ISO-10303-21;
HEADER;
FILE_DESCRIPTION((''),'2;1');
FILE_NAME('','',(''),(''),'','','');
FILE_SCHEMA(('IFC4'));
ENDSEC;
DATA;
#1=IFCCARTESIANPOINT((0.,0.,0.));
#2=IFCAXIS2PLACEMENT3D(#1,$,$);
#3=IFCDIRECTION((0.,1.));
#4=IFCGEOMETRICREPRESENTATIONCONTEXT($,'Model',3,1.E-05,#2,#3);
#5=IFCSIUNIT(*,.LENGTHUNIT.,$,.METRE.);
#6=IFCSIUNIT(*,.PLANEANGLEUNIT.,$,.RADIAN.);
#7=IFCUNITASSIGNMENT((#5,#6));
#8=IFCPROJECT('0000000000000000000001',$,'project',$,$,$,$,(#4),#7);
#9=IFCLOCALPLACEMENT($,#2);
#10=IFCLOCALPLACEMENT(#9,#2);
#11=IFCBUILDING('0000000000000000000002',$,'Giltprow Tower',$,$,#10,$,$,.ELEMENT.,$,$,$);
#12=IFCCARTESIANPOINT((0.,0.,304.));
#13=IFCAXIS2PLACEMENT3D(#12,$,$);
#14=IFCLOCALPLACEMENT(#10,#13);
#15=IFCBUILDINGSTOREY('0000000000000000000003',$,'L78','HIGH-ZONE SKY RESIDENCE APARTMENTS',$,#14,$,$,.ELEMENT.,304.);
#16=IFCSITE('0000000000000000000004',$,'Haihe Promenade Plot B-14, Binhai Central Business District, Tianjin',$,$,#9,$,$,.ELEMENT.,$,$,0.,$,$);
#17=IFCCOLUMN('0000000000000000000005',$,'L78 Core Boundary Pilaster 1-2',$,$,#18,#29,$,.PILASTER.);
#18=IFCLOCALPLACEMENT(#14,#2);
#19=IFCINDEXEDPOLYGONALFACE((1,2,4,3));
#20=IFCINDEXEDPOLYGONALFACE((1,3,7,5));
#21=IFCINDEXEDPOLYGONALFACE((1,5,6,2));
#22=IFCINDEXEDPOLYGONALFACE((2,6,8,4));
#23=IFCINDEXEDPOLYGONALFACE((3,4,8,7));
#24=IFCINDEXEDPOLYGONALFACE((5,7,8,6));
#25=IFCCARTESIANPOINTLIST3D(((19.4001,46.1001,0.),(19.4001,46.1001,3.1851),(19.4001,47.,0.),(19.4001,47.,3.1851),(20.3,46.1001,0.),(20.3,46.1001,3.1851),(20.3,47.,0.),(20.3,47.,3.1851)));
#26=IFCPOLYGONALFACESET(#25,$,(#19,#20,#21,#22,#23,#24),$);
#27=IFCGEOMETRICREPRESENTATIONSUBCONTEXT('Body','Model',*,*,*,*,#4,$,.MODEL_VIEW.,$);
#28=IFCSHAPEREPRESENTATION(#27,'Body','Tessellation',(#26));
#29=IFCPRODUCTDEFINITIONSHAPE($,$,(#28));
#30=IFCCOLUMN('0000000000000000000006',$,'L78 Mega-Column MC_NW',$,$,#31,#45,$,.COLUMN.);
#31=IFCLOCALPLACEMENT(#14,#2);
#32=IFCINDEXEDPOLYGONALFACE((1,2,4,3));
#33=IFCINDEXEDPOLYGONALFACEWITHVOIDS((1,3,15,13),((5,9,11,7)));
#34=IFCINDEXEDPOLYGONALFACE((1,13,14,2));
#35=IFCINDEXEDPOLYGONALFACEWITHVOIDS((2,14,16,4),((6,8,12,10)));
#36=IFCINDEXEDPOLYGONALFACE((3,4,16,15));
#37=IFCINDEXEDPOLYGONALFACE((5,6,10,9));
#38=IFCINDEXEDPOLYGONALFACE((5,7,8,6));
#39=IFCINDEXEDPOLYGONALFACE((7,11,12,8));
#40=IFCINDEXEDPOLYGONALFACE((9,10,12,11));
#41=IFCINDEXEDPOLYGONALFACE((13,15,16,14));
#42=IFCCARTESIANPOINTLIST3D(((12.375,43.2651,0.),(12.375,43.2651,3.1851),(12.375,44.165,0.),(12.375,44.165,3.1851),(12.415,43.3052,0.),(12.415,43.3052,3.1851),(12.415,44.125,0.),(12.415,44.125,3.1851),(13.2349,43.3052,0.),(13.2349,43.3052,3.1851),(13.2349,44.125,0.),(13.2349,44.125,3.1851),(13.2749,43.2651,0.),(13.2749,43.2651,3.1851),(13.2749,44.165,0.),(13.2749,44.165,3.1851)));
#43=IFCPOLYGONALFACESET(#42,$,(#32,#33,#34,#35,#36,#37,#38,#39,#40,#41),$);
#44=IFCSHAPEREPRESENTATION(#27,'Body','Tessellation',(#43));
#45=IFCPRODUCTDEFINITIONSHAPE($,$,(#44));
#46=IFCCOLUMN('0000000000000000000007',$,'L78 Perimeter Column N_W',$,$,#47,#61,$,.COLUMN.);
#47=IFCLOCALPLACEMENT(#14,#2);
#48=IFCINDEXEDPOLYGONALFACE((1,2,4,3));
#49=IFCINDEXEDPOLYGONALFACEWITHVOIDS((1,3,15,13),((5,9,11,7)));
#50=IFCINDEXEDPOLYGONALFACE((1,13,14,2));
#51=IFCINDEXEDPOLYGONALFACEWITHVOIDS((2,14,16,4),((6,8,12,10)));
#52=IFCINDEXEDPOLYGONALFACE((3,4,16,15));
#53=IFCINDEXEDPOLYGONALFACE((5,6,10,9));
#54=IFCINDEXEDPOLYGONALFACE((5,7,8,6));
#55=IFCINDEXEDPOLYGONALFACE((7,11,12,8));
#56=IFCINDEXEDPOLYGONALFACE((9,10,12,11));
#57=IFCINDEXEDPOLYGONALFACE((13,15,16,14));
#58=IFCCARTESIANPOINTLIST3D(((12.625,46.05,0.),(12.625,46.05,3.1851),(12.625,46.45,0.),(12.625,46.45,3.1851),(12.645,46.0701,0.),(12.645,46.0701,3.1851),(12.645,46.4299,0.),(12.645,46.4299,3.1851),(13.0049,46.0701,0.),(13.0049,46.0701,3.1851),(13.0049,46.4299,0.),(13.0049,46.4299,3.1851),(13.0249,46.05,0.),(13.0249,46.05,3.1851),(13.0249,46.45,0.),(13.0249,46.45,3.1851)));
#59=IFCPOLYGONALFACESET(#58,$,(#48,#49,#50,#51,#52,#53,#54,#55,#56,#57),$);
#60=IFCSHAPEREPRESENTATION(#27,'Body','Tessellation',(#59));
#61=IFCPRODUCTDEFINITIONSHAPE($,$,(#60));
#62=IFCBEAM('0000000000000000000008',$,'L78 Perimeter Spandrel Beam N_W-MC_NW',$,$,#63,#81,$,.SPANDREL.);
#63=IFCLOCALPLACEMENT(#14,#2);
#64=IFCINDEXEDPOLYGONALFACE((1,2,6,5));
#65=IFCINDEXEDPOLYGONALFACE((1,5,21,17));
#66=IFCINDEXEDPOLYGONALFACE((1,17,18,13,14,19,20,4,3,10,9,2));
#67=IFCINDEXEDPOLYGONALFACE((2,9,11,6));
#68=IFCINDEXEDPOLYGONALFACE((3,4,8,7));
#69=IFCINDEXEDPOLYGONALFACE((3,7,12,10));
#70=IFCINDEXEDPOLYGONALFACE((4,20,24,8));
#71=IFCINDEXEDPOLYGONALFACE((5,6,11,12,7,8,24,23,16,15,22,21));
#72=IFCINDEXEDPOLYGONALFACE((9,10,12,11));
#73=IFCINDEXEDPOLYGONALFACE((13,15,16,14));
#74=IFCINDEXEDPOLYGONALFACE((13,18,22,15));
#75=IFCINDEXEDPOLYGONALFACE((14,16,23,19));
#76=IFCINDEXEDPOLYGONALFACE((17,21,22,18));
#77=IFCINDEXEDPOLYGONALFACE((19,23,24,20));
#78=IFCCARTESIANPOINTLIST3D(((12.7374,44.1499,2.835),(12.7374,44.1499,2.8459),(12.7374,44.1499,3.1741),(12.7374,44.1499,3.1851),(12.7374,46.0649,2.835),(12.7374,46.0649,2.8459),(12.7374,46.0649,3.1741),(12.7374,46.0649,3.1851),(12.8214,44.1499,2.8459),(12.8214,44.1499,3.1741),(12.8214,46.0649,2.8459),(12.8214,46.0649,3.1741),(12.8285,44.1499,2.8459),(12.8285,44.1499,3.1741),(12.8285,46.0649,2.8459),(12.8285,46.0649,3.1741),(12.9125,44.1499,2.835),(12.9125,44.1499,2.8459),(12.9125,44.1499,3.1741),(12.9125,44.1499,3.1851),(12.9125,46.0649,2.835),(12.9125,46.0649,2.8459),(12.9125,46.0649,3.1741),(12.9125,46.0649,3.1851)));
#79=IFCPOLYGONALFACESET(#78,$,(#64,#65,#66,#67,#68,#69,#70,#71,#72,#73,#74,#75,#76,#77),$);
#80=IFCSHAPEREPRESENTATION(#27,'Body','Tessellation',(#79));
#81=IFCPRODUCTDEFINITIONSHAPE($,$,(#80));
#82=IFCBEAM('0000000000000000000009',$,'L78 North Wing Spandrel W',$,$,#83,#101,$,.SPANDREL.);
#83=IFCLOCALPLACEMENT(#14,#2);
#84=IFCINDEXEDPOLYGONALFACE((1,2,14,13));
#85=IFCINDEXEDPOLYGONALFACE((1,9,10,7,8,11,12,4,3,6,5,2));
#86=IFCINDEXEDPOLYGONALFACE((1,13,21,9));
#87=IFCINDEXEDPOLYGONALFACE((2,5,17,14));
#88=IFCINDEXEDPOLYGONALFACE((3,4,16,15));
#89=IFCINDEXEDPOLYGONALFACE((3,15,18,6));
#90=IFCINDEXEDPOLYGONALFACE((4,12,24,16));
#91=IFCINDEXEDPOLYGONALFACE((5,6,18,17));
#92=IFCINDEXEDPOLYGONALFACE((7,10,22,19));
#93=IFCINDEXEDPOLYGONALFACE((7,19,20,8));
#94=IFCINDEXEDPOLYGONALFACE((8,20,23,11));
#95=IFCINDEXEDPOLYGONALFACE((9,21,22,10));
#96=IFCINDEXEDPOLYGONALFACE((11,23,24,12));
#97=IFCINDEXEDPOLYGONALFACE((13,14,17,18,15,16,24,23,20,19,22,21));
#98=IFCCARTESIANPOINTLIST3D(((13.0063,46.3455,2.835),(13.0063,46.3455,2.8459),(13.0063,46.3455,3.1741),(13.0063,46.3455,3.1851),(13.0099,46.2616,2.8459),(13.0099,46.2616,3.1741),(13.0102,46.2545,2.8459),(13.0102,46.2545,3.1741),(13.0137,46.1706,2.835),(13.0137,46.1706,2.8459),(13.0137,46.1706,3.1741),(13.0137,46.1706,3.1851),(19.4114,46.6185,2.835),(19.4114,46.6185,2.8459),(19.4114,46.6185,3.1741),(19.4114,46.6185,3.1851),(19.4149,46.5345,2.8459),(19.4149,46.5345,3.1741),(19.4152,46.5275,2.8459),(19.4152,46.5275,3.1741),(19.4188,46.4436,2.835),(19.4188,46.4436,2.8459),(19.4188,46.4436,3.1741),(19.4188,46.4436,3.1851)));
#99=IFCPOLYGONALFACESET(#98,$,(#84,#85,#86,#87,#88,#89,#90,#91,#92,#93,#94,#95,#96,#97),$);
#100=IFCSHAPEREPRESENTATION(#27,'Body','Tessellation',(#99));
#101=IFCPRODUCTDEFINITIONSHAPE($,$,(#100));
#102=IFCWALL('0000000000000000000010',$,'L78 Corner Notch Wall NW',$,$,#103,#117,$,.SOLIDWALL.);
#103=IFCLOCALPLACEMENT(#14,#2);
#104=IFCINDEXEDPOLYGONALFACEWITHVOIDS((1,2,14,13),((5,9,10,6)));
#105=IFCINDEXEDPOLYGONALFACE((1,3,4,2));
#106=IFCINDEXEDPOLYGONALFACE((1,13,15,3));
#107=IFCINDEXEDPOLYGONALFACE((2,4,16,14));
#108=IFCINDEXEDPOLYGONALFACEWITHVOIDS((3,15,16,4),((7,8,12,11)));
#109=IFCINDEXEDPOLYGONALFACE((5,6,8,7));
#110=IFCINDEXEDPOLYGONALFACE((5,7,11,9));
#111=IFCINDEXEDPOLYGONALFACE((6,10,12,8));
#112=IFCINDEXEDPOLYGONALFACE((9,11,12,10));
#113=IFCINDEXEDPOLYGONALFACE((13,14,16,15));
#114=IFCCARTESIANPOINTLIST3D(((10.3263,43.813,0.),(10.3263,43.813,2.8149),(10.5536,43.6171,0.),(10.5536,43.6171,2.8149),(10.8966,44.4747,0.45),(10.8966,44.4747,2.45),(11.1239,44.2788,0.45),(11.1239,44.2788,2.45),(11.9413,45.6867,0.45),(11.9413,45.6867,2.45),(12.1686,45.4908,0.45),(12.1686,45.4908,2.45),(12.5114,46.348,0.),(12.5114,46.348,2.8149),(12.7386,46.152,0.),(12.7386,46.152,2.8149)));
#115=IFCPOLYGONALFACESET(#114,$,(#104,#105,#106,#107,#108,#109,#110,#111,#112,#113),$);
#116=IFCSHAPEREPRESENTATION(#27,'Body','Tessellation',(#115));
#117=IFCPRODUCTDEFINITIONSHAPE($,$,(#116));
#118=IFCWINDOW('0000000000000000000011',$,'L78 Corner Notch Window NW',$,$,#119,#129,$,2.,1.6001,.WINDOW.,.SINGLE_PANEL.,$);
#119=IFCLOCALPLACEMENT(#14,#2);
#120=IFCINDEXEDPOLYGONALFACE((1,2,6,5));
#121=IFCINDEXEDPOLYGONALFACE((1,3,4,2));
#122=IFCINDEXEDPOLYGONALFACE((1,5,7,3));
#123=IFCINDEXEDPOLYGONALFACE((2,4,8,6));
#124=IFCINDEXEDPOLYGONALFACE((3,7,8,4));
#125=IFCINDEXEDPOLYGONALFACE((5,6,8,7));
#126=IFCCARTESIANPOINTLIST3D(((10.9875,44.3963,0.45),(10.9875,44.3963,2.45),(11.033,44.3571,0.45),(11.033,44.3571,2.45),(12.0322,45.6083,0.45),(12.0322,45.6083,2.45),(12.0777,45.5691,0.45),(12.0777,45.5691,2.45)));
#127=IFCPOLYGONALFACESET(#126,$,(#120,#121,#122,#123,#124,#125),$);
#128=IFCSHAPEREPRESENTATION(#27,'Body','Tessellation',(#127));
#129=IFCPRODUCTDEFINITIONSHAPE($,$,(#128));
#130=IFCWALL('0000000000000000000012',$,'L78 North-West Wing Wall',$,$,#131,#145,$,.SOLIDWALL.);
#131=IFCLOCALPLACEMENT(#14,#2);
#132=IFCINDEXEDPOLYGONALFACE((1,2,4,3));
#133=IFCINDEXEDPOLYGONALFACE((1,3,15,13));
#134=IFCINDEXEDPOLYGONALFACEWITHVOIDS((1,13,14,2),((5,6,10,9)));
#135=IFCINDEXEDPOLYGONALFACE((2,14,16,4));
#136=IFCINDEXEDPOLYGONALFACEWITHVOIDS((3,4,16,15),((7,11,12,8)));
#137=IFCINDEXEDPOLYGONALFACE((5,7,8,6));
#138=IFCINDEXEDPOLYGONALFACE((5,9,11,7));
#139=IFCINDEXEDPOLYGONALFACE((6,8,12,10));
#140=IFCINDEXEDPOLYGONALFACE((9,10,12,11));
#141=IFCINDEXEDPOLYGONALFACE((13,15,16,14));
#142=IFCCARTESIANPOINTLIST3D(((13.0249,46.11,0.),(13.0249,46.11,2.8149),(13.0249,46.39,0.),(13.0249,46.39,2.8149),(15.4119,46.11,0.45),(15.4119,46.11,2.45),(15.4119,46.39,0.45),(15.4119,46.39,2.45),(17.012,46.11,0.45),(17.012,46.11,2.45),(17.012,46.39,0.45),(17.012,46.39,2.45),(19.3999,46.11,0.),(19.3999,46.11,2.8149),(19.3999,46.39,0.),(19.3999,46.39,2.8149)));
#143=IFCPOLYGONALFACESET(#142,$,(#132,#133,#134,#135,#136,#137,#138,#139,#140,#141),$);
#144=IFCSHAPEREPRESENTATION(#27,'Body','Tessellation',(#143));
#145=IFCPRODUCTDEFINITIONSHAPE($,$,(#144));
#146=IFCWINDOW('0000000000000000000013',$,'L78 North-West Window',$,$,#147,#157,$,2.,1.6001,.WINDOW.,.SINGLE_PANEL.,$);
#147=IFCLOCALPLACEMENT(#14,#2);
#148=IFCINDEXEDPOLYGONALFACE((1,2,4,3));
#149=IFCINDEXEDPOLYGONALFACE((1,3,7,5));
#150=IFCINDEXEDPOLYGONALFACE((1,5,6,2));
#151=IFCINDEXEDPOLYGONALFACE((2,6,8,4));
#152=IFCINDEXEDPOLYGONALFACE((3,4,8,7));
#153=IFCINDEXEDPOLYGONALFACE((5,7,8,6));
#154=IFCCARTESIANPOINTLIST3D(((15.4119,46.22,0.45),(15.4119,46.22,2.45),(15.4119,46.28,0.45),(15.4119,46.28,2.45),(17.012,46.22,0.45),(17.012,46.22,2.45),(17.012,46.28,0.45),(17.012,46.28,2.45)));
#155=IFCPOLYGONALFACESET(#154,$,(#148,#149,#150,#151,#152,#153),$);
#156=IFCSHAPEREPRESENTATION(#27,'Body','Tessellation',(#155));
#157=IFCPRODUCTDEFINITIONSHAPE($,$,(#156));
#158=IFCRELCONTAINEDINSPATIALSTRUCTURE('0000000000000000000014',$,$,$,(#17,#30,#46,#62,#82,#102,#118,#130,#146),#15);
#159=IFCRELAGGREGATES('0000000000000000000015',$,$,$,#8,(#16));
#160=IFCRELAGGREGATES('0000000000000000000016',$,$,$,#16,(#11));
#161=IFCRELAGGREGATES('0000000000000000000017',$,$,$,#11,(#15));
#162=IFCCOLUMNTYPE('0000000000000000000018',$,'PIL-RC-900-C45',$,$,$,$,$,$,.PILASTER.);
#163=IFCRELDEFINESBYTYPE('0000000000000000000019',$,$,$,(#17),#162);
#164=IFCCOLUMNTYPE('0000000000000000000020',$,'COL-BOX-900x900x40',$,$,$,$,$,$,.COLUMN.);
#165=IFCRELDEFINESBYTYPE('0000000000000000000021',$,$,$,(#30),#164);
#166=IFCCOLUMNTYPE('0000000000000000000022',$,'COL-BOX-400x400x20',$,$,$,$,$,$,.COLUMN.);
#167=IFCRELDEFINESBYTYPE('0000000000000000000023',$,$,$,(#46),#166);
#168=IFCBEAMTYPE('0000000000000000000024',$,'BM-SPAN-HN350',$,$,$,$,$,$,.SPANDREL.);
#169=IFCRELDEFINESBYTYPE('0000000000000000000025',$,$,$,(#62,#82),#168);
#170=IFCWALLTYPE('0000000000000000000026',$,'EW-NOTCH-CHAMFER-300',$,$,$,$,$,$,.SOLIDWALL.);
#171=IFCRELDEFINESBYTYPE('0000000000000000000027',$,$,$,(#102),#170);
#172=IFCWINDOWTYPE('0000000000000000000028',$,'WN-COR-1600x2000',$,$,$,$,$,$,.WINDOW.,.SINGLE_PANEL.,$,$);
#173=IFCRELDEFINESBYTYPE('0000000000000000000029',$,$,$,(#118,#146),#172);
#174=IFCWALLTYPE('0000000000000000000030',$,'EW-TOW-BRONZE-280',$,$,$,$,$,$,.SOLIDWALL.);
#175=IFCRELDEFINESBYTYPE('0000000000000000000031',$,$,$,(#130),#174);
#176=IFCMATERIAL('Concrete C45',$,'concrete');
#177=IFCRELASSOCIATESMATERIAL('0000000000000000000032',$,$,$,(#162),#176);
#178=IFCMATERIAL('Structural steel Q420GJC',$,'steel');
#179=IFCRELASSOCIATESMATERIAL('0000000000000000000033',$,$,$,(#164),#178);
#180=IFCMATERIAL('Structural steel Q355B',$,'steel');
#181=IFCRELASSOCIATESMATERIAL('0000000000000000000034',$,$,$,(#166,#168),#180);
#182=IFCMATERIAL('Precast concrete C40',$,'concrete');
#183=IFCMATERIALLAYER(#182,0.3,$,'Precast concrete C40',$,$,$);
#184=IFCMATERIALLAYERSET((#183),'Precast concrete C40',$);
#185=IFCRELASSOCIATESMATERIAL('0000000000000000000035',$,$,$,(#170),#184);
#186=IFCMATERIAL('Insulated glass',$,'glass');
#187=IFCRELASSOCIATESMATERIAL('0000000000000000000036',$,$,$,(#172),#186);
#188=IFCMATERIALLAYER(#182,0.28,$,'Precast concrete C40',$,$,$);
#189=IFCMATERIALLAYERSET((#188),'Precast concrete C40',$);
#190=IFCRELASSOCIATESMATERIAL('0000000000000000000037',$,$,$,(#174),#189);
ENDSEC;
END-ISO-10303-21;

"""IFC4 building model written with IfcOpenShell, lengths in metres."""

from ifc_helpers import new_model, si_unit, direction, frame, frame_2d, origin, origin_2d, place, context, subcontext, project, spatial, rectangle, hollow_rectangle, i_section, extrude, source, transform, mapped, material, layer, layer_set, material_profile, profile_set, type_object, element, fill, save


model = new_model("IFC4")

# Units and contexts
model_context = context("Model", 3, precision=1e-05, world=origin(), true_north=direction((0.0, 1.0)))
body_context = subcontext(model_context, "Body", "Model", "MODEL_VIEW")
ifc_project = project(units=[si_unit("LENGTHUNIT", "METRE"), si_unit("PLANEANGLEUNIT", "RADIAN")], contexts=[model_context])

# Site, building, storey
site_placement = place(None, origin())
site = spatial("IfcSite", under=ifc_project, at=site_placement, Name="Haihe Promenade Plot B-14, Binhai Central Business District, Tianjin", CompositionType="ELEMENT", RefElevation=0.0)
building_placement = place(site_placement, origin())
building = spatial("IfcBuilding", under=site, at=building_placement, Name="Giltprow Tower", CompositionType="ELEMENT")
storey_placement = place(building_placement, frame((0.0, 0.0, 304.0)))
storey = spatial("IfcBuildingStorey", under=building, at=storey_placement, Name="L78", Description="HIGH-ZONE SKY RESIDENCE APARTMENTS", CompositionType="ELEMENT", Elevation=304.0)

# Columns
ifc_material_1 = material(Name="Concrete C45", Category="concrete")
ifc_material_profile_1 = material_profile(ifc_material_1, rectangle(XDim=0.8999, YDim=0.8999, at=origin_2d()), Name="RC 900x900")
ifc_profile_set_1 = profile_set([ifc_material_profile_1], Name="Concrete C45")
column_type_1 = type_object("IfcColumnType", Name="PIL-RC-900-C45", PredefinedType="PILASTER", material=ifc_profile_set_1)
shared_shape_1 = source(origin(), body_context, "Body", "SweptSolid", [
    extrude(rectangle(XDim=0.8999, YDim=0.8999, at=origin_2d()), origin(), (0.0, 0.0, 1.0), 3.1851),
])
column_1_placement = place(storey_placement, frame((19.8501, 46.55, 0.0), z_axis=(0.0, 0.0, 1.0), x_axis=(1.0, 0.0, 0.0)))
element("IfcColumn", 1, at=column_1_placement, inside=storey, type_object=column_type_1, Name="L78 Core Boundary Pilaster 1-2", PredefinedType="PILASTER", context=body_context, shape_type="MappedRepresentation", body=[
    mapped(shared_shape_1, transform((0.0, 0.0, 0.0), x_axis=(1.0, 0.0, 0.0), y_axis=(0.0, 1.0, 0.0), z_axis=(0.0, 0.0, 1.0), scale=1.0)),
])
ifc_material_2 = material(Name="Structural steel Q420GJC", Category="steel")
ifc_material_profile_2 = material_profile(ifc_material_2, hollow_rectangle(XDim=0.8999, YDim=0.8999, WallThickness=0.04, at=origin_2d()), Name="BOX 900x900x40")
ifc_profile_set_2 = profile_set([ifc_material_profile_2], Name="Structural steel Q420GJC")
column_type_2 = type_object("IfcColumnType", Name="COL-BOX-900x900x40", PredefinedType="COLUMN", material=ifc_profile_set_2)
shared_shape_2 = source(origin(), body_context, "Body", "SweptSolid", [
    extrude(hollow_rectangle(XDim=0.8999, YDim=0.8999, WallThickness=0.04, at=origin_2d()), origin(), (0.0, 0.0, 1.0), 3.1851),
])
column_2_placement = place(storey_placement, frame((12.825, 43.7151, 0.0), z_axis=(0.0, 0.0, 1.0), x_axis=(1.0, 0.0, 0.0)))
element("IfcColumn", 2, at=column_2_placement, inside=storey, type_object=column_type_2, Name="L78 Mega-Column MC_NW", PredefinedType="COLUMN", context=body_context, shape_type="MappedRepresentation", body=[
    mapped(shared_shape_2, transform((0.0, 0.0, 0.0), x_axis=(1.0, 0.0, 0.0), y_axis=(0.0, 1.0, 0.0), z_axis=(0.0, 0.0, 1.0), scale=1.0)),
])
ifc_material_3 = material(Name="Structural steel Q355B", Category="steel")
ifc_material_profile_3 = material_profile(ifc_material_3, hollow_rectangle(XDim=0.3999, YDim=0.3999, WallThickness=0.02, at=origin_2d()), Name="BOX 400x400x20")
ifc_profile_set_3 = profile_set([ifc_material_profile_3], Name="Structural steel Q355B")
column_type_3 = type_object("IfcColumnType", Name="COL-BOX-400x400x20", PredefinedType="COLUMN", material=ifc_profile_set_3)
shared_shape_3 = source(origin(), body_context, "Body", "SweptSolid", [
    extrude(hollow_rectangle(XDim=0.3999, YDim=0.3999, WallThickness=0.02, at=origin_2d()), origin(), (0.0, 0.0, 1.0), 3.1851),
])
column_3_placement = place(storey_placement, frame((12.825, 46.25, 0.0), z_axis=(0.0, 0.0, 1.0), x_axis=(1.0, 0.0, 0.0)))
element("IfcColumn", 3, at=column_3_placement, inside=storey, type_object=column_type_3, Name="L78 Perimeter Column N_W", PredefinedType="COLUMN", context=body_context, shape_type="MappedRepresentation", body=[
    mapped(shared_shape_3, transform((0.0, 0.0, 0.0), x_axis=(1.0, 0.0, 0.0), y_axis=(0.0, 1.0, 0.0), z_axis=(0.0, 0.0, 1.0), scale=1.0)),
])

# Beams
ifc_material_profile_4 = material_profile(ifc_material_3, i_section(OverallWidth=0.175, OverallDepth=0.3501, WebThickness=0.0071, FlangeThickness=0.011, at=origin_2d()), Name="HN 350x175x7x11")
ifc_profile_set_4 = profile_set([ifc_material_profile_4], Name="Structural steel Q355B")
beam_type = type_object("IfcBeamType", Name="BM-SPAN-HN350", PredefinedType="SPANDREL", material=ifc_profile_set_4)
shared_shape_4 = source(origin(), body_context, "Body", "SweptSolid", [
    extrude(i_section(OverallWidth=0.175, OverallDepth=0.3501, WebThickness=0.0071, FlangeThickness=0.011, at=origin_2d()), origin(), (0.0, 0.0, 1.0), 1.915),
])
beam_1_placement = place(storey_placement, frame((12.825, 46.0649, 3.01), z_axis=(0.0, -1.0, 0.0), x_axis=(1.0, 0.0, 0.0)))
element("IfcBeam", 4, at=beam_1_placement, inside=storey, type_object=beam_type, Name="L78 Perimeter Spandrel Beam N_W-MC_NW", PredefinedType="SPANDREL", context=body_context, shape_type="MappedRepresentation", body=[
    mapped(shared_shape_4, transform((0.0, 0.0, 0.0), x_axis=(1.0, 0.0, 0.0), y_axis=(0.0, 1.0, 0.0), z_axis=(0.0, 0.0, 1.0), scale=1.0)),
])
shared_shape_5 = source(origin(), body_context, "Body", "SweptSolid", [
    extrude(i_section(OverallWidth=0.175, OverallDepth=0.3501, WebThickness=0.0071, FlangeThickness=0.011, at=origin_2d()), origin(), (0.0, 0.0, 1.0), 6.4109),
])
beam_2_placement = place(storey_placement, frame((13.01, 46.2581, 3.01), z_axis=(0.999093, 0.042576, 0.0), x_axis=(-0.042576, 0.999093, 0.0)))
element("IfcBeam", 5, at=beam_2_placement, inside=storey, type_object=beam_type, Name="L78 North Wing Spandrel W", PredefinedType="SPANDREL", context=body_context, shape_type="MappedRepresentation", body=[
    mapped(shared_shape_5, transform((0.0, 0.0, 0.0), x_axis=(1.0, 0.0, 0.0), y_axis=(0.0, 1.0, 0.0), z_axis=(0.0, 0.0, 1.0), scale=1.0)),
])

# Walls, openings, windows
ifc_material_4 = material(Name="Precast concrete C40", Category="concrete")
ifc_layer_1 = layer(ifc_material_4, 0.3, Name="Precast concrete C40")
ifc_layer_set_1 = layer_set([ifc_layer_1], Name="Precast concrete C40")
wall_type_1 = type_object("IfcWallType", Name="EW-NOTCH-CHAMFER-300", PredefinedType="SOLIDWALL", material=ifc_layer_set_1)
wall_1_placement = place(storey_placement, frame((12.625, 46.25, 0.0), z_axis=(0.0, 0.0, 1.0), x_axis=(-0.652904, -0.757441, 0.0)))
wall_1 = element("IfcWall", 6, at=wall_1_placement, inside=storey, type_object=wall_type_1, Name="L78 Corner Notch Wall NW", PredefinedType="SOLIDWALL", context=body_context, shape_type="SweptSolid", body=[
    extrude(rectangle(XDim=3.3467, YDim=0.3, at=frame_2d((1.6733, 0.0))), origin(), (0.0, 0.0, 1.0), 2.8149),
])
opening_1_placement = place(wall_1_placement, frame((0.873, 0.0, 0.45)))
opening_1 = element("IfcOpeningElement", 7, at=opening_1_placement, cuts=wall_1, PredefinedType="OPENING", context=body_context, shape_type="SweptSolid", body=[
    extrude(rectangle(XDim=1.6001, YDim=2.0, at=frame_2d((0.8, 1.0))), frame((0.0, 0.1599, 0.0), z_axis=(0.0, -1.0, 0.0), x_axis=(1.0, 0.0, 0.0)), (0.0, 0.0, 1.0), 0.3201),
])
ifc_material_5 = material(Name="Insulated glass", Category="glass")
window_type = type_object("IfcWindowType", Name="WN-COR-1600x2000", PartitioningType="SINGLE_PANEL", PredefinedType="WINDOW", material=ifc_material_5)
shared_shape_6 = source(origin(), body_context, "Body", "SweptSolid", [
    extrude(rectangle(XDim=1.6001, YDim=2.0, at=frame_2d((0.8, 1.0))), frame((0.0, 0.03, 0.0), z_axis=(0.0, -1.0, 0.0), x_axis=(1.0, 0.0, 0.0)), (0.0, 0.0, 1.0), 0.0601),
])
window_1_placement = place(opening_1_placement, origin())
window_1 = element("IfcWindow", 8, at=window_1_placement, inside=storey, type_object=window_type, Name="L78 Corner Notch Window NW", OverallHeight=2.0, OverallWidth=1.6001, PartitioningType="SINGLE_PANEL", PredefinedType="WINDOW", context=body_context, shape_type="MappedRepresentation", body=[
    mapped(shared_shape_6, transform((0.0, 0.0, 0.0), x_axis=(1.0, 0.0, 0.0), y_axis=(0.0, 1.0, 0.0), z_axis=(0.0, 0.0, 1.0), scale=1.0)),
])
fill(opening_1, window_1)
ifc_layer_2 = layer(ifc_material_4, 0.28, Name="Precast concrete C40")
ifc_layer_set_2 = layer_set([ifc_layer_2], Name="Precast concrete C40")
wall_type_2 = type_object("IfcWallType", Name="EW-TOW-BRONZE-280", PredefinedType="SOLIDWALL", material=ifc_layer_set_2)
wall_2_placement = place(storey_placement, frame((13.0249, 46.25, 0.0), z_axis=(0.0, 0.0, 1.0), x_axis=(1.0, 0.0, 0.0)))
wall_2 = element("IfcWall", 9, at=wall_2_placement, inside=storey, type_object=wall_type_2, Name="L78 North-West Wing Wall", PredefinedType="SOLIDWALL", context=body_context, shape_type="SweptSolid", body=[
    extrude(rectangle(XDim=6.375, YDim=0.28, at=frame_2d((3.1875, 0.0))), origin(), (0.0, 0.0, 1.0), 2.8149),
])
opening_2_placement = place(wall_2_placement, frame((2.387, 0.0, 0.45)))
opening_2 = element("IfcOpeningElement", 10, at=opening_2_placement, cuts=wall_2, PredefinedType="OPENING", context=body_context, shape_type="SweptSolid", body=[
    extrude(rectangle(XDim=1.6001, YDim=2.0, at=frame_2d((0.8, 1.0))), frame((0.0, 0.1499, 0.0), z_axis=(0.0, -1.0, 0.0), x_axis=(1.0, 0.0, 0.0)), (0.0, 0.0, 1.0), 0.3),
])
window_2_placement = place(opening_2_placement, origin())
window_2 = element("IfcWindow", 11, at=window_2_placement, inside=storey, type_object=window_type, Name="L78 North-West Window", OverallHeight=2.0, OverallWidth=1.6001, PartitioningType="SINGLE_PANEL", PredefinedType="WINDOW", context=body_context, shape_type="MappedRepresentation", body=[
    mapped(shared_shape_6, transform((0.0, 0.0, 0.0), x_axis=(1.0, 0.0, 0.0), y_axis=(0.0, 1.0, 0.0), z_axis=(0.0, 0.0, 1.0), scale=1.0)),
])
fill(opening_2, window_2)

save(model, "model.ifc")
